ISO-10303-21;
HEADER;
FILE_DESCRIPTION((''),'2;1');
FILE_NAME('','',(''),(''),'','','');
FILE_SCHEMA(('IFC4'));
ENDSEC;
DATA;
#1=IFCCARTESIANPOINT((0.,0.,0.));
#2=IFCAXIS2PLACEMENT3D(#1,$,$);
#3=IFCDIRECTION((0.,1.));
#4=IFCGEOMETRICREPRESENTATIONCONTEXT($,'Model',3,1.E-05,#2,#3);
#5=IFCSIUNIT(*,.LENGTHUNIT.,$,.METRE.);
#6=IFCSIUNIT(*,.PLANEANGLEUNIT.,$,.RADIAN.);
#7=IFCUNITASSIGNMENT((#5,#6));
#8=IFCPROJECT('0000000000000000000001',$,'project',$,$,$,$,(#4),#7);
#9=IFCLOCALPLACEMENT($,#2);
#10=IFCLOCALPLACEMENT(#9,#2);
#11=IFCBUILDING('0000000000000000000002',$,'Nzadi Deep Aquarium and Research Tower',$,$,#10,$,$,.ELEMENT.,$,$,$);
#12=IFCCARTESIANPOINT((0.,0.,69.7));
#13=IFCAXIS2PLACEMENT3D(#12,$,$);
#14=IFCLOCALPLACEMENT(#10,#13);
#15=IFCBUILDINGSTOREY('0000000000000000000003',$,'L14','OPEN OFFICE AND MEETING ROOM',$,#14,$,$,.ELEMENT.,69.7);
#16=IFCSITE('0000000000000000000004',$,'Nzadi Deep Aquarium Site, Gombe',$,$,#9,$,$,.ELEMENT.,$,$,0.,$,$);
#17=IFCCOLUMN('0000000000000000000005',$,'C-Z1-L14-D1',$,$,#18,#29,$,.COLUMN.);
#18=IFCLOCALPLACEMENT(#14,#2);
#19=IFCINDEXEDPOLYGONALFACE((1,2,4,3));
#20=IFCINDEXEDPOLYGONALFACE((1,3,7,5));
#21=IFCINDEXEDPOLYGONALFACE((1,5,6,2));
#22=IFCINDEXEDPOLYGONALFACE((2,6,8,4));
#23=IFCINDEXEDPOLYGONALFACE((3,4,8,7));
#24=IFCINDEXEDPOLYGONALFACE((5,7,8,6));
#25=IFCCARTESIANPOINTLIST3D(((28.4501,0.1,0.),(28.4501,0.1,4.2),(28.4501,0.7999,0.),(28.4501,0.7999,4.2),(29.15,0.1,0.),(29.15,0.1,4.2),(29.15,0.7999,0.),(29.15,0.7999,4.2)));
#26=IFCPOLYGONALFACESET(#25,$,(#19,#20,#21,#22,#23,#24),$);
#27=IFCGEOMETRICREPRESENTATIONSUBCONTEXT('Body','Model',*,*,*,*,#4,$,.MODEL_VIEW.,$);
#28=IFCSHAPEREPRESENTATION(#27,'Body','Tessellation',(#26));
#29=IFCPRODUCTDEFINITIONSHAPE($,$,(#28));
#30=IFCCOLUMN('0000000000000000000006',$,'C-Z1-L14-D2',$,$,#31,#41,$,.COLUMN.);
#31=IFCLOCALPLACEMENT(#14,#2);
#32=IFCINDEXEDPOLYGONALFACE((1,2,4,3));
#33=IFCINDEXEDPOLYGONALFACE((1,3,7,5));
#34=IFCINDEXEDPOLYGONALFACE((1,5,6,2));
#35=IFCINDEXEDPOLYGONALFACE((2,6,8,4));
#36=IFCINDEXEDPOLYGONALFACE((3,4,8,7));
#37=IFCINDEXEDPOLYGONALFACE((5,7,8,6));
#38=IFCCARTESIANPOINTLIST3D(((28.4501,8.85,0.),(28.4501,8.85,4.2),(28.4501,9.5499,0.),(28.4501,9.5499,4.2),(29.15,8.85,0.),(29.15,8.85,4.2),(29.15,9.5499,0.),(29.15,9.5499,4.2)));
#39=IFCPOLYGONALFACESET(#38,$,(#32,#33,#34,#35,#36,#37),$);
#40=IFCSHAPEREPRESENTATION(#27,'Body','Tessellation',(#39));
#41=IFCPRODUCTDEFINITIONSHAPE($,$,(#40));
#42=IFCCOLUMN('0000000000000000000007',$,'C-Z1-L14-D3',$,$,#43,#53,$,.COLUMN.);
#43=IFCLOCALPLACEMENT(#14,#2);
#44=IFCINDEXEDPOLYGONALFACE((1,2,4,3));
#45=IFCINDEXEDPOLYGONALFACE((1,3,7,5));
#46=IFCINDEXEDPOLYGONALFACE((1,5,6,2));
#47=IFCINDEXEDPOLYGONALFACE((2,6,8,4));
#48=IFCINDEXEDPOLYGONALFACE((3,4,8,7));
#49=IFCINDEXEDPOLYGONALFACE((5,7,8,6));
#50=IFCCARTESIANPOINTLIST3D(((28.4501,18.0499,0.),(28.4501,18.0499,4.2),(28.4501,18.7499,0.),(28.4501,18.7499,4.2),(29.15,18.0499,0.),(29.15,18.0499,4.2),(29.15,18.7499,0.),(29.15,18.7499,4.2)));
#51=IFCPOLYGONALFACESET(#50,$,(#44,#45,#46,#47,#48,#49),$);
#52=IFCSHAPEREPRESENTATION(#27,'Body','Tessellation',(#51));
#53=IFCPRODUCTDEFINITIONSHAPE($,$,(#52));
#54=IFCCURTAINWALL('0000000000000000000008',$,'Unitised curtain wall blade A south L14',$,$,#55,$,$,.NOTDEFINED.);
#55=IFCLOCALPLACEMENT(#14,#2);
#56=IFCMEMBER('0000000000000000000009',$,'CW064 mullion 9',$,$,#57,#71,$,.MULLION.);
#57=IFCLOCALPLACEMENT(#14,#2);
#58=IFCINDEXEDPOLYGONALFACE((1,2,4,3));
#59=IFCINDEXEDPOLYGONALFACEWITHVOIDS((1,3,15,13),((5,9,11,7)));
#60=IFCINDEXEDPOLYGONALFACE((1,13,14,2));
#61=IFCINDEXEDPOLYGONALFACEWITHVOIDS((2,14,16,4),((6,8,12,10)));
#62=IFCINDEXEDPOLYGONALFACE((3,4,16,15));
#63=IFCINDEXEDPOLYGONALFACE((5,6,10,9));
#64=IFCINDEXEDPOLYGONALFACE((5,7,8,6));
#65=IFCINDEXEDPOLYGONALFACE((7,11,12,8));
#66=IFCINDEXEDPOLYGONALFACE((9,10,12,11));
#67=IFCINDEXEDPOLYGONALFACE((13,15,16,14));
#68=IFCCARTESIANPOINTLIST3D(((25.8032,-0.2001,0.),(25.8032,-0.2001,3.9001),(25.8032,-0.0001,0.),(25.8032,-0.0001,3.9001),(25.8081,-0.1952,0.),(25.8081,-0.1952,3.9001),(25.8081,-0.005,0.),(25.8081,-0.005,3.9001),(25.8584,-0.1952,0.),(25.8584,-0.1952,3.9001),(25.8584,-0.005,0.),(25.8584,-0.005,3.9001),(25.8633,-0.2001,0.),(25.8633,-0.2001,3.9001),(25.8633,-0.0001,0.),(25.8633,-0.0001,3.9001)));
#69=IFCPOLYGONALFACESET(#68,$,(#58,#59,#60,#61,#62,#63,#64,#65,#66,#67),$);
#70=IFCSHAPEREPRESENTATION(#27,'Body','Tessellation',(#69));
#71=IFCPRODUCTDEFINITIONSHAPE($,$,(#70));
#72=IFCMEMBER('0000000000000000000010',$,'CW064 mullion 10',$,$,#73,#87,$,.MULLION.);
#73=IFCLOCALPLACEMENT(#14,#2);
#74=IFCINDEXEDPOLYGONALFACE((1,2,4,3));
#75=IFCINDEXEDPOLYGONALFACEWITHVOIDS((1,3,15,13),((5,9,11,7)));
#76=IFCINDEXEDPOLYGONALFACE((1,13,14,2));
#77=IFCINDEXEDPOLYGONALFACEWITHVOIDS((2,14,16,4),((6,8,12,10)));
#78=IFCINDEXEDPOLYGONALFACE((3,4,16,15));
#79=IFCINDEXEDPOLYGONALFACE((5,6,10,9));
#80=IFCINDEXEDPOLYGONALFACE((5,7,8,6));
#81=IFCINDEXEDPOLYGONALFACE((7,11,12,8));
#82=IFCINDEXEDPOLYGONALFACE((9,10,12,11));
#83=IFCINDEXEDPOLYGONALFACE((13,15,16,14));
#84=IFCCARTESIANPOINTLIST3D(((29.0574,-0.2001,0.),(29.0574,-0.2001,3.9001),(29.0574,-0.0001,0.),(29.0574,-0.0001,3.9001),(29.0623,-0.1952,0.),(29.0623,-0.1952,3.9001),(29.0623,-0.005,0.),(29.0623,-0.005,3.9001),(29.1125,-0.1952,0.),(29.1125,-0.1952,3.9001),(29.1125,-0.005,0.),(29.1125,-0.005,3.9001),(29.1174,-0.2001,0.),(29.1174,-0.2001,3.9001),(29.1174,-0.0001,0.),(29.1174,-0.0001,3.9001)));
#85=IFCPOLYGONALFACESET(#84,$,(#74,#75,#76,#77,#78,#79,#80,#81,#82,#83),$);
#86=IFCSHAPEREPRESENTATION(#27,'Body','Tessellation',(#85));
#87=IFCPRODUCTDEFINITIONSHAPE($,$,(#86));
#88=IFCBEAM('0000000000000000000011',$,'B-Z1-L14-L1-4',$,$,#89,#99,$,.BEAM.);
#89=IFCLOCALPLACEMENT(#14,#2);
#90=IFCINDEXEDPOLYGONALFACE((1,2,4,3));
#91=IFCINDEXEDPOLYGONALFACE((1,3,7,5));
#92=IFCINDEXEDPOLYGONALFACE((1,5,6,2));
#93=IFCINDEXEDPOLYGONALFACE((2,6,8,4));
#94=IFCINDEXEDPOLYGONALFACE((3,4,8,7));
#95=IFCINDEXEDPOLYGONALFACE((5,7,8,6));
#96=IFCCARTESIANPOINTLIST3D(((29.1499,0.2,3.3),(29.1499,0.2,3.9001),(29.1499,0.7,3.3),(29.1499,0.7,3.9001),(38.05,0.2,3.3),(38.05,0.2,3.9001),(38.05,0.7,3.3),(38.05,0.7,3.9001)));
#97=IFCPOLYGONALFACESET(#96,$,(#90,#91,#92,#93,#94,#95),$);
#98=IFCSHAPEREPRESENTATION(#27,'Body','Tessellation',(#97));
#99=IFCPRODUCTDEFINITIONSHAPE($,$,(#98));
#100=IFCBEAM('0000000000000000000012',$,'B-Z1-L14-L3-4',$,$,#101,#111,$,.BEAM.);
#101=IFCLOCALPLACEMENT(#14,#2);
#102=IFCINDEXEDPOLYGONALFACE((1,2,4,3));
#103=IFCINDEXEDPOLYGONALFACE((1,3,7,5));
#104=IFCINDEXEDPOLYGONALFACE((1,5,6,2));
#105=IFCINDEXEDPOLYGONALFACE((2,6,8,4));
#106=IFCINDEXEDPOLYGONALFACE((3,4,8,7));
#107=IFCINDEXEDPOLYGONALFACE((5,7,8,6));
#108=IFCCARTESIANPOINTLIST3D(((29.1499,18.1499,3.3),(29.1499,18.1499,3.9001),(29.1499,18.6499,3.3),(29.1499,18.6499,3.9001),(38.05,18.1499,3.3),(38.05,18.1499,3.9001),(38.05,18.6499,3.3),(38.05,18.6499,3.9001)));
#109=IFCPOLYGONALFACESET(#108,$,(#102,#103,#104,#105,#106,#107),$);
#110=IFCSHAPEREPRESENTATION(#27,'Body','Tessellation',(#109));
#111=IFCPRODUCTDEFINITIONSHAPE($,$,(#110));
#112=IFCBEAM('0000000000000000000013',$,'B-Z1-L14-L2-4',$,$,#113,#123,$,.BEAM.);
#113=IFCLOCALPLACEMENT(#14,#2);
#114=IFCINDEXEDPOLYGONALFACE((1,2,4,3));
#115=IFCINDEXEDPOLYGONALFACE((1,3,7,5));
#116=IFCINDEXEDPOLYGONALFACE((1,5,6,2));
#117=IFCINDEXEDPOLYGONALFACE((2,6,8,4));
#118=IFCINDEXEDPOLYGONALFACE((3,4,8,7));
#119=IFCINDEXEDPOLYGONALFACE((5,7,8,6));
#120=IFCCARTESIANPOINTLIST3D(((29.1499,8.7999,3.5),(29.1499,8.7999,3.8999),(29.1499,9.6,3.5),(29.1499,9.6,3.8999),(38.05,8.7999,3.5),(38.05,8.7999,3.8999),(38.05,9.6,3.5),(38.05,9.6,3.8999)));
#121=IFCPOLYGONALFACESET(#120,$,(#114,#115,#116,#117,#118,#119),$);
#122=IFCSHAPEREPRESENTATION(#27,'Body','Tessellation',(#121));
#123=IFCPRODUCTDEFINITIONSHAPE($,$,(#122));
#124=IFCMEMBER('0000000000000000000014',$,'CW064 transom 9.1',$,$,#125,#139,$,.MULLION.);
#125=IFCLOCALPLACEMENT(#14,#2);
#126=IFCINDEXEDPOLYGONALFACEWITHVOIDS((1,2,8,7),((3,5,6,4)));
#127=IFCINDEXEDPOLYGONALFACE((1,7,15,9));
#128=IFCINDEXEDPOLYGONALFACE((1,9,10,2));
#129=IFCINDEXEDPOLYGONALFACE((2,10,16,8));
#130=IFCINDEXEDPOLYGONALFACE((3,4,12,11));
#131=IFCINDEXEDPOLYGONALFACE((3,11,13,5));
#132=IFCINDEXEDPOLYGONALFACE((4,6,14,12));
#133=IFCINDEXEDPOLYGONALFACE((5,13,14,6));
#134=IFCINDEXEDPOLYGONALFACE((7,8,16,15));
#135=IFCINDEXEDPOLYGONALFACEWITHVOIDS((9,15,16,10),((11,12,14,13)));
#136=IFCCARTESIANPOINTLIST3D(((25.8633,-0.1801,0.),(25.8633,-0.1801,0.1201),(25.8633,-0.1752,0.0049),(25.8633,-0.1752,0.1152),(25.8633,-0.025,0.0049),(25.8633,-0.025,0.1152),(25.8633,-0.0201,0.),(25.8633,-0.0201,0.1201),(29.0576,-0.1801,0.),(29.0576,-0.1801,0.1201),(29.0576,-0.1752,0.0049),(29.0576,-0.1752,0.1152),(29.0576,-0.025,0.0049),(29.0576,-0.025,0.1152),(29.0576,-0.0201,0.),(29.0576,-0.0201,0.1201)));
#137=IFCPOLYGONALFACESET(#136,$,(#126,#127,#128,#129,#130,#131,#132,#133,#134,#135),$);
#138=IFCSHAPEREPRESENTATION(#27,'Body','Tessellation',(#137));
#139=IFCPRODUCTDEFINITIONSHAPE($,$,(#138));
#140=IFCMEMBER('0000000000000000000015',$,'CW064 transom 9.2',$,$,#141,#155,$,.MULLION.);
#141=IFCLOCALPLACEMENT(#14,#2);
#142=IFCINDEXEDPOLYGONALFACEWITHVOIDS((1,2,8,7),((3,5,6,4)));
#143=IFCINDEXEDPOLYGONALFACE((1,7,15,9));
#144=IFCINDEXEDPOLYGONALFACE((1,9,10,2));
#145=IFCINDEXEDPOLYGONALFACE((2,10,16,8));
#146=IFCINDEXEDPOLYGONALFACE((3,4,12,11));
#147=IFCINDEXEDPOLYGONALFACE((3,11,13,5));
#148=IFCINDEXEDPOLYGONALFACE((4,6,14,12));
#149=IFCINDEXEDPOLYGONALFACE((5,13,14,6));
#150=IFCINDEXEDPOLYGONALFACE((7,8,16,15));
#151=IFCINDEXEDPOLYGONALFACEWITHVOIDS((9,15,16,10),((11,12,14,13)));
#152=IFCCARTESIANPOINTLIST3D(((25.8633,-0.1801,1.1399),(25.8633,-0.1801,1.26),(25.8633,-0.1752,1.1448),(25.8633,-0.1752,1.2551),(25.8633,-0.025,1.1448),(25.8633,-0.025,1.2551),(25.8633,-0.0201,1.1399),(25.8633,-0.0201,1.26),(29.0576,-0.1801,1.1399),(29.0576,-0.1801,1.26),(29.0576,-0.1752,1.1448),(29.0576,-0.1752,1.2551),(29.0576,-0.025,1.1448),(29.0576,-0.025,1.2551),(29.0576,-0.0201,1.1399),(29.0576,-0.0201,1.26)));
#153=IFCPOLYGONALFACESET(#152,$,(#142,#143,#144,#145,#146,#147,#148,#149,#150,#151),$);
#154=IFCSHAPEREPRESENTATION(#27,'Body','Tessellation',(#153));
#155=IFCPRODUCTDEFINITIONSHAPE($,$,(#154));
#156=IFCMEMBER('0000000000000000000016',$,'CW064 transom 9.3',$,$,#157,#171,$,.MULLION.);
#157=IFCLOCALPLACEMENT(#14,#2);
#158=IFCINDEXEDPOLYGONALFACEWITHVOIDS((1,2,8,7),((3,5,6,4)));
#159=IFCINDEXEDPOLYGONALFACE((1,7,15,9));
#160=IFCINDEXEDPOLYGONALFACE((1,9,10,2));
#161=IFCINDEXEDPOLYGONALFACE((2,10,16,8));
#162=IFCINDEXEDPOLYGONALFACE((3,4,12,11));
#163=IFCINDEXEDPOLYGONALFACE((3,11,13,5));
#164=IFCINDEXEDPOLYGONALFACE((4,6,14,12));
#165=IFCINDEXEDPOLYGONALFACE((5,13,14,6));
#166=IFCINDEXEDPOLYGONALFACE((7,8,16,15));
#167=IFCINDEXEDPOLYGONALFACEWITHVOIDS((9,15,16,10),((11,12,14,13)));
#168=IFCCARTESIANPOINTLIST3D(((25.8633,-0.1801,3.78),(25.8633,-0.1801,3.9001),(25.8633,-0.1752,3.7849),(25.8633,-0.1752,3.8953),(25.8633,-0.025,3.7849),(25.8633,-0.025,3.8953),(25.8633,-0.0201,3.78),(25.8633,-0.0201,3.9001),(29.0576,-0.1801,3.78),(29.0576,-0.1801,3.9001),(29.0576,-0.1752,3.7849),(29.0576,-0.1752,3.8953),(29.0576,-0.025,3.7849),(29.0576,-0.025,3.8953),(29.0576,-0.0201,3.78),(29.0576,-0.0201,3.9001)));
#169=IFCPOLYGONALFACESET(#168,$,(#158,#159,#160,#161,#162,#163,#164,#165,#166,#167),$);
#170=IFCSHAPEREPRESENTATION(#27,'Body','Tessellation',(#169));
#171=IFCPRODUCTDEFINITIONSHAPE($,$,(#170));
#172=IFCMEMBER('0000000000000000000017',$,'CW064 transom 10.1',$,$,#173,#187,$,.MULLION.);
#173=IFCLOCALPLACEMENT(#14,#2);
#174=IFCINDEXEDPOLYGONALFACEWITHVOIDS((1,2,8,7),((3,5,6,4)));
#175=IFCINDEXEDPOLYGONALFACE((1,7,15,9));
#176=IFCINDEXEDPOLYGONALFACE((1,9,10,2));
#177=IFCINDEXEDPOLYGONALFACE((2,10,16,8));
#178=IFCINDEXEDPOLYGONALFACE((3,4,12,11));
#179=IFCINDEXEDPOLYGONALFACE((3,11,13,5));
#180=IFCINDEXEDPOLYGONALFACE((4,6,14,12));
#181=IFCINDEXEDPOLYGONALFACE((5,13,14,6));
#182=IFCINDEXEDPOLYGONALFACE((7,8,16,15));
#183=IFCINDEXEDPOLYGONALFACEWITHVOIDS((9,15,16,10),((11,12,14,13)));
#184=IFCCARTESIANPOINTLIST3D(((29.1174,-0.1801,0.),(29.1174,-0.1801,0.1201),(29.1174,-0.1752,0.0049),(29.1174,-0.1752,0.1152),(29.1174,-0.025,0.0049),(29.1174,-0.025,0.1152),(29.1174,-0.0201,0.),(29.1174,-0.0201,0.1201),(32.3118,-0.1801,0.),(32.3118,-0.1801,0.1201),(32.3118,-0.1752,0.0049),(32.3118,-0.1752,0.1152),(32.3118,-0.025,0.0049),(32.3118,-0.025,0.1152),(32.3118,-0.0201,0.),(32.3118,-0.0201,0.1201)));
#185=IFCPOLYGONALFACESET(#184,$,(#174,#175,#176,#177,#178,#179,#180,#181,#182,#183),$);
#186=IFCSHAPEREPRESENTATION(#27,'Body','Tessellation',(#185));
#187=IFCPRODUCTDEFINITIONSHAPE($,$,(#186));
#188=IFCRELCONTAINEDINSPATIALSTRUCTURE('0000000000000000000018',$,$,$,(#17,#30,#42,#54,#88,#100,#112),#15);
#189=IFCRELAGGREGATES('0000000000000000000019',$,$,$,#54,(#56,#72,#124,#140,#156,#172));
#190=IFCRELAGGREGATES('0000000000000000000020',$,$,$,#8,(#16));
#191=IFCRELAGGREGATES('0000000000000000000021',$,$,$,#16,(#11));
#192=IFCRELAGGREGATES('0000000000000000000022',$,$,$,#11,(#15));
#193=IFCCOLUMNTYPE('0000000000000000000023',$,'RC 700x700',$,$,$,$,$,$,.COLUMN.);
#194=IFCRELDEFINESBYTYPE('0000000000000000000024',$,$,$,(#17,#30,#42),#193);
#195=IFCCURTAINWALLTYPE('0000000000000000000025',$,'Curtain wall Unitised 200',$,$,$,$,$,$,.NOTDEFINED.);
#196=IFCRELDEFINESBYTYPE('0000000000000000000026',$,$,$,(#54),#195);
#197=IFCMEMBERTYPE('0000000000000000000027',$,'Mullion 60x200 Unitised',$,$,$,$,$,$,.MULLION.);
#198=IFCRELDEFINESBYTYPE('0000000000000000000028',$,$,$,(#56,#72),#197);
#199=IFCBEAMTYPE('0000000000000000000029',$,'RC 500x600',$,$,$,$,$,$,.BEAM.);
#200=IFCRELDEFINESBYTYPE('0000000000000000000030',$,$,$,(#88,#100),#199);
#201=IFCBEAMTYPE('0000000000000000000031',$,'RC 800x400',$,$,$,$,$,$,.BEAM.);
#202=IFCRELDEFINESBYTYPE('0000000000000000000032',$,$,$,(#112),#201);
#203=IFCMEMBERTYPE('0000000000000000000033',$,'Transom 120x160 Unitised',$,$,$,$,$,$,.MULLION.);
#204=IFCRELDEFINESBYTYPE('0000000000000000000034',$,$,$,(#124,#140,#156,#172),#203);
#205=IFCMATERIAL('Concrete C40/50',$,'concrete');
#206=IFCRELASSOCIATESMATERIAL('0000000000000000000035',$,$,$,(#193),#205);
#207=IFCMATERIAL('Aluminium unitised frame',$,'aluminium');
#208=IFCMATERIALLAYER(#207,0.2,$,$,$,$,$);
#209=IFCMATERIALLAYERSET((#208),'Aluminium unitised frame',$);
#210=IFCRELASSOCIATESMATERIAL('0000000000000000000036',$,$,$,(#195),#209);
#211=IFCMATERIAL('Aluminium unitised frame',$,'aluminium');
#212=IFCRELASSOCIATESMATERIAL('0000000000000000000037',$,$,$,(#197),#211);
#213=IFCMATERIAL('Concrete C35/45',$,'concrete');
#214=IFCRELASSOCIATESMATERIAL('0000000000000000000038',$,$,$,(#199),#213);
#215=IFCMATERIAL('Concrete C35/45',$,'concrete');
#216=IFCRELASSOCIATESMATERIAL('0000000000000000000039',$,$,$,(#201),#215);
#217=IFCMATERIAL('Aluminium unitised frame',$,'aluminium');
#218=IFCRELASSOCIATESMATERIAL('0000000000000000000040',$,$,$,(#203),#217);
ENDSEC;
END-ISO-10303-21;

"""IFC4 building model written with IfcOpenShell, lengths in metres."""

from ifc_helpers import new_model, si_unit, direction, frame, origin, origin_2d, place, context, subcontext, project, spatial, rectangle, hollow_rectangle, extrude, material, layer, layer_set, material_profile, profile_set, type_object, element, aggregate, save


model = new_model("IFC4")

# Units and contexts
model_context = context("Model", 3, precision=1e-05, world=origin(), true_north=direction((0.0, 1.0)))
body_context = subcontext(model_context, "Body", "Model", "MODEL_VIEW")
ifc_project = project(units=[si_unit("LENGTHUNIT", "METRE"), si_unit("PLANEANGLEUNIT", "RADIAN")], contexts=[model_context])

# Site, building, storey
site_placement = place(None, origin())
site = spatial("IfcSite", under=ifc_project, at=site_placement, Name="Nzadi Deep Aquarium Site, Gombe", CompositionType="ELEMENT", RefElevation=0.0)
building_placement = place(site_placement, origin())
building = spatial("IfcBuilding", under=site, at=building_placement, Name="Nzadi Deep Aquarium and Research Tower", CompositionType="ELEMENT")
storey_placement = place(building_placement, frame((0.0, 0.0, 69.7)))
storey = spatial("IfcBuildingStorey", under=building, at=storey_placement, Name="L14", Description="OPEN OFFICE AND MEETING ROOM", CompositionType="ELEMENT", Elevation=69.7)

# Columns
ifc_material_1 = material(Name="Concrete C40/50", Category="concrete")
ifc_material_profile_1 = material_profile(ifc_material_1, rectangle(XDim=0.7, YDim=0.7, at=origin_2d()))
ifc_profile_set_1 = profile_set([ifc_material_profile_1], Name="Concrete C40/50")
column_type = type_object("IfcColumnType", Name="RC 700x700", PredefinedType="COLUMN", material=ifc_profile_set_1)
for number, where, z_axis, x_axis, name in (
    (1, (28.8, 0.45, 0.0), (0.0, 0.0, 1.0), (1.0, 0.0, 0.0), "C-Z1-L14-D1"),
    (2, (28.8, 9.2, 0.0), (0.0, 0.0, 1.0), (1.0, 0.0, 0.0), "C-Z1-L14-D2"),
    (3, (28.8, 18.3999, 0.0), (0.0, 0.0, 1.0), (1.0, 0.0, 0.0), "C-Z1-L14-D3"),
):
    element("IfcColumn", number, at=place(storey_placement, frame(where, z_axis=z_axis, x_axis=x_axis)), inside=storey, type_object=column_type, Name=name, PredefinedType="COLUMN", context=body_context, shape_type="SweptSolid", body=[
        extrude(rectangle(XDim=0.7, YDim=0.7, at=origin_2d()), origin(), (0.0, 0.0, 1.0), 4.2),
    ])

# Curtain wall, members
ifc_material_2 = material(Name="Aluminium unitised frame", Category="aluminium")
ifc_layer_1 = layer(ifc_material_2, 0.2)
ifc_layer_set_1 = layer_set([ifc_layer_1], Name="Aluminium unitised frame")
curtain_wall_type = type_object("IfcCurtainWallType", Name="Curtain wall Unitised 200", PredefinedType="NOTDEFINED", material=ifc_layer_set_1)
curtain_wall_placement = place(storey_placement, origin())
curtain_wall = element("IfcCurtainWall", 4, at=curtain_wall_placement, inside=storey, type_object=curtain_wall_type, Name="Unitised curtain wall blade A south L14", PredefinedType="NOTDEFINED")
ifc_material_3 = material(Name="Aluminium unitised frame", Category="aluminium")
ifc_material_profile_2 = material_profile(ifc_material_3, hollow_rectangle(XDim=0.2, YDim=0.0601, WallThickness=0.0049, at=origin_2d()))
ifc_profile_set_2 = profile_set([ifc_material_profile_2], Name="Aluminium unitised frame")
member_type_1 = type_object("IfcMemberType", Name="Mullion 60x200 Unitised", PredefinedType="MULLION", material=ifc_profile_set_2)
member_1_placement = place(storey_placement, frame((25.8333, -0.1001, 0.0), z_axis=(0.0, 0.0, 1.0), x_axis=(0.0, 1.0, 0.0)))
member_1 = element("IfcMember", 5, at=member_1_placement, type_object=member_type_1, Name="CW064 mullion 9", PredefinedType="MULLION", context=body_context, shape_type="SweptSolid", body=[
    extrude(hollow_rectangle(XDim=0.2, YDim=0.0601, WallThickness=0.0049, at=origin_2d()), origin(), (0.0, 0.0, 1.0), 3.9001),
])
member_2_placement = place(storey_placement, frame((29.0874, -0.1001, 0.0), z_axis=(0.0, 0.0, 1.0), x_axis=(0.0, 1.0, 0.0)))
member_2 = element("IfcMember", 6, at=member_2_placement, type_object=member_type_1, Name="CW064 mullion 10", PredefinedType="MULLION", context=body_context, shape_type="SweptSolid", body=[
    extrude(hollow_rectangle(XDim=0.2, YDim=0.0601, WallThickness=0.0049, at=origin_2d()), origin(), (0.0, 0.0, 1.0), 3.9001),
])

# Beams
ifc_material_4 = material(Name="Concrete C35/45", Category="concrete")
ifc_material_profile_3 = material_profile(ifc_material_4, rectangle(XDim=0.5, YDim=0.6001, at=origin_2d()))
ifc_profile_set_3 = profile_set([ifc_material_profile_3], Name="Concrete C35/45")
beam_type_1 = type_object("IfcBeamType", Name="RC 500x600", PredefinedType="BEAM", material=ifc_profile_set_3)
for number, where, z_axis, x_axis, name in (
    (7, (29.1499, 0.45, 3.6001), (1.0, 0.0, 0.0), (0.0, 1.0, 0.0), "B-Z1-L14-L1-4"),
    (8, (29.1499, 18.3999, 3.6001), (1.0, 0.0, 0.0), (0.0, 1.0, 0.0), "B-Z1-L14-L3-4"),
):
    element("IfcBeam", number, at=place(storey_placement, frame(where, z_axis=z_axis, x_axis=x_axis)), inside=storey, type_object=beam_type_1, Name=name, PredefinedType="BEAM", context=body_context, shape_type="SweptSolid", body=[
        extrude(rectangle(XDim=0.5, YDim=0.6001, at=origin_2d()), origin(), (0.0, 0.0, 1.0), 8.9001),
    ])
ifc_material_5 = material(Name="Concrete C35/45", Category="concrete")
ifc_material_profile_4 = material_profile(ifc_material_5, rectangle(XDim=0.8, YDim=0.3999, at=origin_2d()))
ifc_profile_set_4 = profile_set([ifc_material_profile_4], Name="Concrete C35/45")
beam_type_2 = type_object("IfcBeamType", Name="RC 800x400", PredefinedType="BEAM", material=ifc_profile_set_4)
beam_placement = place(storey_placement, frame((29.1499, 9.2, 3.7), z_axis=(1.0, 0.0, 0.0), x_axis=(0.0, 1.0, 0.0)))
element("IfcBeam", 9, at=beam_placement, inside=storey, type_object=beam_type_2, Name="B-Z1-L14-L2-4", PredefinedType="BEAM", context=body_context, shape_type="SweptSolid", body=[
    extrude(rectangle(XDim=0.8, YDim=0.3999, at=origin_2d()), origin(), (0.0, 0.0, 1.0), 8.9001),
])

# Members
ifc_material_6 = material(Name="Aluminium unitised frame", Category="aluminium")
ifc_material_profile_5 = material_profile(ifc_material_6, hollow_rectangle(XDim=0.1599, YDim=0.1201, WallThickness=0.0049, at=origin_2d()))
ifc_profile_set_5 = profile_set([ifc_material_profile_5], Name="Aluminium unitised frame")
member_type_2 = type_object("IfcMemberType", Name="Transom 120x160 Unitised", PredefinedType="MULLION", material=ifc_profile_set_5)
member_3_placement = place(storey_placement, frame((25.8633, -0.1001, 0.0601), z_axis=(1.0, 0.0, 0.0), x_axis=(0.0, 1.0, 0.0)))
member_3 = element("IfcMember", 10, at=member_3_placement, type_object=member_type_2, Name="CW064 transom 9.1", PredefinedType="MULLION", context=body_context, shape_type="SweptSolid", body=[
    extrude(hollow_rectangle(XDim=0.1599, YDim=0.1201, WallThickness=0.0049, at=origin_2d()), origin(), (0.0, 0.0, 1.0), 3.1943),
])
member_4_placement = place(storey_placement, frame((25.8633, -0.1001, 1.2), z_axis=(1.0, 0.0, 0.0), x_axis=(0.0, 1.0, 0.0)))
member_4 = element("IfcMember", 11, at=member_4_placement, type_object=member_type_2, Name="CW064 transom 9.2", PredefinedType="MULLION", context=body_context, shape_type="SweptSolid", body=[
    extrude(hollow_rectangle(XDim=0.1599, YDim=0.1201, WallThickness=0.0049, at=origin_2d()), origin(), (0.0, 0.0, 1.0), 3.1943),
])
member_5_placement = place(storey_placement, frame((25.8633, -0.1001, 3.8401), z_axis=(1.0, 0.0, 0.0), x_axis=(0.0, 1.0, 0.0)))
member_5 = element("IfcMember", 12, at=member_5_placement, type_object=member_type_2, Name="CW064 transom 9.3", PredefinedType="MULLION", context=body_context, shape_type="SweptSolid", body=[
    extrude(hollow_rectangle(XDim=0.1599, YDim=0.1201, WallThickness=0.0049, at=origin_2d()), origin(), (0.0, 0.0, 1.0), 3.1943),
])
member_6_placement = place(storey_placement, frame((29.1174, -0.1001, 0.0601), z_axis=(1.0, 0.0, 0.0), x_axis=(0.0, 1.0, 0.0)))
member_6 = element("IfcMember", 13, at=member_6_placement, type_object=member_type_2, Name="CW064 transom 10.1", PredefinedType="MULLION", context=body_context, shape_type="SweptSolid", body=[
    extrude(hollow_rectangle(XDim=0.1599, YDim=0.1201, WallThickness=0.0049, at=origin_2d()), origin(), (0.0, 0.0, 1.0), 3.1943),
])

aggregate(curtain_wall, [member_1, member_2, member_3, member_4, member_5, member_6])

save(model, "model.ifc")
